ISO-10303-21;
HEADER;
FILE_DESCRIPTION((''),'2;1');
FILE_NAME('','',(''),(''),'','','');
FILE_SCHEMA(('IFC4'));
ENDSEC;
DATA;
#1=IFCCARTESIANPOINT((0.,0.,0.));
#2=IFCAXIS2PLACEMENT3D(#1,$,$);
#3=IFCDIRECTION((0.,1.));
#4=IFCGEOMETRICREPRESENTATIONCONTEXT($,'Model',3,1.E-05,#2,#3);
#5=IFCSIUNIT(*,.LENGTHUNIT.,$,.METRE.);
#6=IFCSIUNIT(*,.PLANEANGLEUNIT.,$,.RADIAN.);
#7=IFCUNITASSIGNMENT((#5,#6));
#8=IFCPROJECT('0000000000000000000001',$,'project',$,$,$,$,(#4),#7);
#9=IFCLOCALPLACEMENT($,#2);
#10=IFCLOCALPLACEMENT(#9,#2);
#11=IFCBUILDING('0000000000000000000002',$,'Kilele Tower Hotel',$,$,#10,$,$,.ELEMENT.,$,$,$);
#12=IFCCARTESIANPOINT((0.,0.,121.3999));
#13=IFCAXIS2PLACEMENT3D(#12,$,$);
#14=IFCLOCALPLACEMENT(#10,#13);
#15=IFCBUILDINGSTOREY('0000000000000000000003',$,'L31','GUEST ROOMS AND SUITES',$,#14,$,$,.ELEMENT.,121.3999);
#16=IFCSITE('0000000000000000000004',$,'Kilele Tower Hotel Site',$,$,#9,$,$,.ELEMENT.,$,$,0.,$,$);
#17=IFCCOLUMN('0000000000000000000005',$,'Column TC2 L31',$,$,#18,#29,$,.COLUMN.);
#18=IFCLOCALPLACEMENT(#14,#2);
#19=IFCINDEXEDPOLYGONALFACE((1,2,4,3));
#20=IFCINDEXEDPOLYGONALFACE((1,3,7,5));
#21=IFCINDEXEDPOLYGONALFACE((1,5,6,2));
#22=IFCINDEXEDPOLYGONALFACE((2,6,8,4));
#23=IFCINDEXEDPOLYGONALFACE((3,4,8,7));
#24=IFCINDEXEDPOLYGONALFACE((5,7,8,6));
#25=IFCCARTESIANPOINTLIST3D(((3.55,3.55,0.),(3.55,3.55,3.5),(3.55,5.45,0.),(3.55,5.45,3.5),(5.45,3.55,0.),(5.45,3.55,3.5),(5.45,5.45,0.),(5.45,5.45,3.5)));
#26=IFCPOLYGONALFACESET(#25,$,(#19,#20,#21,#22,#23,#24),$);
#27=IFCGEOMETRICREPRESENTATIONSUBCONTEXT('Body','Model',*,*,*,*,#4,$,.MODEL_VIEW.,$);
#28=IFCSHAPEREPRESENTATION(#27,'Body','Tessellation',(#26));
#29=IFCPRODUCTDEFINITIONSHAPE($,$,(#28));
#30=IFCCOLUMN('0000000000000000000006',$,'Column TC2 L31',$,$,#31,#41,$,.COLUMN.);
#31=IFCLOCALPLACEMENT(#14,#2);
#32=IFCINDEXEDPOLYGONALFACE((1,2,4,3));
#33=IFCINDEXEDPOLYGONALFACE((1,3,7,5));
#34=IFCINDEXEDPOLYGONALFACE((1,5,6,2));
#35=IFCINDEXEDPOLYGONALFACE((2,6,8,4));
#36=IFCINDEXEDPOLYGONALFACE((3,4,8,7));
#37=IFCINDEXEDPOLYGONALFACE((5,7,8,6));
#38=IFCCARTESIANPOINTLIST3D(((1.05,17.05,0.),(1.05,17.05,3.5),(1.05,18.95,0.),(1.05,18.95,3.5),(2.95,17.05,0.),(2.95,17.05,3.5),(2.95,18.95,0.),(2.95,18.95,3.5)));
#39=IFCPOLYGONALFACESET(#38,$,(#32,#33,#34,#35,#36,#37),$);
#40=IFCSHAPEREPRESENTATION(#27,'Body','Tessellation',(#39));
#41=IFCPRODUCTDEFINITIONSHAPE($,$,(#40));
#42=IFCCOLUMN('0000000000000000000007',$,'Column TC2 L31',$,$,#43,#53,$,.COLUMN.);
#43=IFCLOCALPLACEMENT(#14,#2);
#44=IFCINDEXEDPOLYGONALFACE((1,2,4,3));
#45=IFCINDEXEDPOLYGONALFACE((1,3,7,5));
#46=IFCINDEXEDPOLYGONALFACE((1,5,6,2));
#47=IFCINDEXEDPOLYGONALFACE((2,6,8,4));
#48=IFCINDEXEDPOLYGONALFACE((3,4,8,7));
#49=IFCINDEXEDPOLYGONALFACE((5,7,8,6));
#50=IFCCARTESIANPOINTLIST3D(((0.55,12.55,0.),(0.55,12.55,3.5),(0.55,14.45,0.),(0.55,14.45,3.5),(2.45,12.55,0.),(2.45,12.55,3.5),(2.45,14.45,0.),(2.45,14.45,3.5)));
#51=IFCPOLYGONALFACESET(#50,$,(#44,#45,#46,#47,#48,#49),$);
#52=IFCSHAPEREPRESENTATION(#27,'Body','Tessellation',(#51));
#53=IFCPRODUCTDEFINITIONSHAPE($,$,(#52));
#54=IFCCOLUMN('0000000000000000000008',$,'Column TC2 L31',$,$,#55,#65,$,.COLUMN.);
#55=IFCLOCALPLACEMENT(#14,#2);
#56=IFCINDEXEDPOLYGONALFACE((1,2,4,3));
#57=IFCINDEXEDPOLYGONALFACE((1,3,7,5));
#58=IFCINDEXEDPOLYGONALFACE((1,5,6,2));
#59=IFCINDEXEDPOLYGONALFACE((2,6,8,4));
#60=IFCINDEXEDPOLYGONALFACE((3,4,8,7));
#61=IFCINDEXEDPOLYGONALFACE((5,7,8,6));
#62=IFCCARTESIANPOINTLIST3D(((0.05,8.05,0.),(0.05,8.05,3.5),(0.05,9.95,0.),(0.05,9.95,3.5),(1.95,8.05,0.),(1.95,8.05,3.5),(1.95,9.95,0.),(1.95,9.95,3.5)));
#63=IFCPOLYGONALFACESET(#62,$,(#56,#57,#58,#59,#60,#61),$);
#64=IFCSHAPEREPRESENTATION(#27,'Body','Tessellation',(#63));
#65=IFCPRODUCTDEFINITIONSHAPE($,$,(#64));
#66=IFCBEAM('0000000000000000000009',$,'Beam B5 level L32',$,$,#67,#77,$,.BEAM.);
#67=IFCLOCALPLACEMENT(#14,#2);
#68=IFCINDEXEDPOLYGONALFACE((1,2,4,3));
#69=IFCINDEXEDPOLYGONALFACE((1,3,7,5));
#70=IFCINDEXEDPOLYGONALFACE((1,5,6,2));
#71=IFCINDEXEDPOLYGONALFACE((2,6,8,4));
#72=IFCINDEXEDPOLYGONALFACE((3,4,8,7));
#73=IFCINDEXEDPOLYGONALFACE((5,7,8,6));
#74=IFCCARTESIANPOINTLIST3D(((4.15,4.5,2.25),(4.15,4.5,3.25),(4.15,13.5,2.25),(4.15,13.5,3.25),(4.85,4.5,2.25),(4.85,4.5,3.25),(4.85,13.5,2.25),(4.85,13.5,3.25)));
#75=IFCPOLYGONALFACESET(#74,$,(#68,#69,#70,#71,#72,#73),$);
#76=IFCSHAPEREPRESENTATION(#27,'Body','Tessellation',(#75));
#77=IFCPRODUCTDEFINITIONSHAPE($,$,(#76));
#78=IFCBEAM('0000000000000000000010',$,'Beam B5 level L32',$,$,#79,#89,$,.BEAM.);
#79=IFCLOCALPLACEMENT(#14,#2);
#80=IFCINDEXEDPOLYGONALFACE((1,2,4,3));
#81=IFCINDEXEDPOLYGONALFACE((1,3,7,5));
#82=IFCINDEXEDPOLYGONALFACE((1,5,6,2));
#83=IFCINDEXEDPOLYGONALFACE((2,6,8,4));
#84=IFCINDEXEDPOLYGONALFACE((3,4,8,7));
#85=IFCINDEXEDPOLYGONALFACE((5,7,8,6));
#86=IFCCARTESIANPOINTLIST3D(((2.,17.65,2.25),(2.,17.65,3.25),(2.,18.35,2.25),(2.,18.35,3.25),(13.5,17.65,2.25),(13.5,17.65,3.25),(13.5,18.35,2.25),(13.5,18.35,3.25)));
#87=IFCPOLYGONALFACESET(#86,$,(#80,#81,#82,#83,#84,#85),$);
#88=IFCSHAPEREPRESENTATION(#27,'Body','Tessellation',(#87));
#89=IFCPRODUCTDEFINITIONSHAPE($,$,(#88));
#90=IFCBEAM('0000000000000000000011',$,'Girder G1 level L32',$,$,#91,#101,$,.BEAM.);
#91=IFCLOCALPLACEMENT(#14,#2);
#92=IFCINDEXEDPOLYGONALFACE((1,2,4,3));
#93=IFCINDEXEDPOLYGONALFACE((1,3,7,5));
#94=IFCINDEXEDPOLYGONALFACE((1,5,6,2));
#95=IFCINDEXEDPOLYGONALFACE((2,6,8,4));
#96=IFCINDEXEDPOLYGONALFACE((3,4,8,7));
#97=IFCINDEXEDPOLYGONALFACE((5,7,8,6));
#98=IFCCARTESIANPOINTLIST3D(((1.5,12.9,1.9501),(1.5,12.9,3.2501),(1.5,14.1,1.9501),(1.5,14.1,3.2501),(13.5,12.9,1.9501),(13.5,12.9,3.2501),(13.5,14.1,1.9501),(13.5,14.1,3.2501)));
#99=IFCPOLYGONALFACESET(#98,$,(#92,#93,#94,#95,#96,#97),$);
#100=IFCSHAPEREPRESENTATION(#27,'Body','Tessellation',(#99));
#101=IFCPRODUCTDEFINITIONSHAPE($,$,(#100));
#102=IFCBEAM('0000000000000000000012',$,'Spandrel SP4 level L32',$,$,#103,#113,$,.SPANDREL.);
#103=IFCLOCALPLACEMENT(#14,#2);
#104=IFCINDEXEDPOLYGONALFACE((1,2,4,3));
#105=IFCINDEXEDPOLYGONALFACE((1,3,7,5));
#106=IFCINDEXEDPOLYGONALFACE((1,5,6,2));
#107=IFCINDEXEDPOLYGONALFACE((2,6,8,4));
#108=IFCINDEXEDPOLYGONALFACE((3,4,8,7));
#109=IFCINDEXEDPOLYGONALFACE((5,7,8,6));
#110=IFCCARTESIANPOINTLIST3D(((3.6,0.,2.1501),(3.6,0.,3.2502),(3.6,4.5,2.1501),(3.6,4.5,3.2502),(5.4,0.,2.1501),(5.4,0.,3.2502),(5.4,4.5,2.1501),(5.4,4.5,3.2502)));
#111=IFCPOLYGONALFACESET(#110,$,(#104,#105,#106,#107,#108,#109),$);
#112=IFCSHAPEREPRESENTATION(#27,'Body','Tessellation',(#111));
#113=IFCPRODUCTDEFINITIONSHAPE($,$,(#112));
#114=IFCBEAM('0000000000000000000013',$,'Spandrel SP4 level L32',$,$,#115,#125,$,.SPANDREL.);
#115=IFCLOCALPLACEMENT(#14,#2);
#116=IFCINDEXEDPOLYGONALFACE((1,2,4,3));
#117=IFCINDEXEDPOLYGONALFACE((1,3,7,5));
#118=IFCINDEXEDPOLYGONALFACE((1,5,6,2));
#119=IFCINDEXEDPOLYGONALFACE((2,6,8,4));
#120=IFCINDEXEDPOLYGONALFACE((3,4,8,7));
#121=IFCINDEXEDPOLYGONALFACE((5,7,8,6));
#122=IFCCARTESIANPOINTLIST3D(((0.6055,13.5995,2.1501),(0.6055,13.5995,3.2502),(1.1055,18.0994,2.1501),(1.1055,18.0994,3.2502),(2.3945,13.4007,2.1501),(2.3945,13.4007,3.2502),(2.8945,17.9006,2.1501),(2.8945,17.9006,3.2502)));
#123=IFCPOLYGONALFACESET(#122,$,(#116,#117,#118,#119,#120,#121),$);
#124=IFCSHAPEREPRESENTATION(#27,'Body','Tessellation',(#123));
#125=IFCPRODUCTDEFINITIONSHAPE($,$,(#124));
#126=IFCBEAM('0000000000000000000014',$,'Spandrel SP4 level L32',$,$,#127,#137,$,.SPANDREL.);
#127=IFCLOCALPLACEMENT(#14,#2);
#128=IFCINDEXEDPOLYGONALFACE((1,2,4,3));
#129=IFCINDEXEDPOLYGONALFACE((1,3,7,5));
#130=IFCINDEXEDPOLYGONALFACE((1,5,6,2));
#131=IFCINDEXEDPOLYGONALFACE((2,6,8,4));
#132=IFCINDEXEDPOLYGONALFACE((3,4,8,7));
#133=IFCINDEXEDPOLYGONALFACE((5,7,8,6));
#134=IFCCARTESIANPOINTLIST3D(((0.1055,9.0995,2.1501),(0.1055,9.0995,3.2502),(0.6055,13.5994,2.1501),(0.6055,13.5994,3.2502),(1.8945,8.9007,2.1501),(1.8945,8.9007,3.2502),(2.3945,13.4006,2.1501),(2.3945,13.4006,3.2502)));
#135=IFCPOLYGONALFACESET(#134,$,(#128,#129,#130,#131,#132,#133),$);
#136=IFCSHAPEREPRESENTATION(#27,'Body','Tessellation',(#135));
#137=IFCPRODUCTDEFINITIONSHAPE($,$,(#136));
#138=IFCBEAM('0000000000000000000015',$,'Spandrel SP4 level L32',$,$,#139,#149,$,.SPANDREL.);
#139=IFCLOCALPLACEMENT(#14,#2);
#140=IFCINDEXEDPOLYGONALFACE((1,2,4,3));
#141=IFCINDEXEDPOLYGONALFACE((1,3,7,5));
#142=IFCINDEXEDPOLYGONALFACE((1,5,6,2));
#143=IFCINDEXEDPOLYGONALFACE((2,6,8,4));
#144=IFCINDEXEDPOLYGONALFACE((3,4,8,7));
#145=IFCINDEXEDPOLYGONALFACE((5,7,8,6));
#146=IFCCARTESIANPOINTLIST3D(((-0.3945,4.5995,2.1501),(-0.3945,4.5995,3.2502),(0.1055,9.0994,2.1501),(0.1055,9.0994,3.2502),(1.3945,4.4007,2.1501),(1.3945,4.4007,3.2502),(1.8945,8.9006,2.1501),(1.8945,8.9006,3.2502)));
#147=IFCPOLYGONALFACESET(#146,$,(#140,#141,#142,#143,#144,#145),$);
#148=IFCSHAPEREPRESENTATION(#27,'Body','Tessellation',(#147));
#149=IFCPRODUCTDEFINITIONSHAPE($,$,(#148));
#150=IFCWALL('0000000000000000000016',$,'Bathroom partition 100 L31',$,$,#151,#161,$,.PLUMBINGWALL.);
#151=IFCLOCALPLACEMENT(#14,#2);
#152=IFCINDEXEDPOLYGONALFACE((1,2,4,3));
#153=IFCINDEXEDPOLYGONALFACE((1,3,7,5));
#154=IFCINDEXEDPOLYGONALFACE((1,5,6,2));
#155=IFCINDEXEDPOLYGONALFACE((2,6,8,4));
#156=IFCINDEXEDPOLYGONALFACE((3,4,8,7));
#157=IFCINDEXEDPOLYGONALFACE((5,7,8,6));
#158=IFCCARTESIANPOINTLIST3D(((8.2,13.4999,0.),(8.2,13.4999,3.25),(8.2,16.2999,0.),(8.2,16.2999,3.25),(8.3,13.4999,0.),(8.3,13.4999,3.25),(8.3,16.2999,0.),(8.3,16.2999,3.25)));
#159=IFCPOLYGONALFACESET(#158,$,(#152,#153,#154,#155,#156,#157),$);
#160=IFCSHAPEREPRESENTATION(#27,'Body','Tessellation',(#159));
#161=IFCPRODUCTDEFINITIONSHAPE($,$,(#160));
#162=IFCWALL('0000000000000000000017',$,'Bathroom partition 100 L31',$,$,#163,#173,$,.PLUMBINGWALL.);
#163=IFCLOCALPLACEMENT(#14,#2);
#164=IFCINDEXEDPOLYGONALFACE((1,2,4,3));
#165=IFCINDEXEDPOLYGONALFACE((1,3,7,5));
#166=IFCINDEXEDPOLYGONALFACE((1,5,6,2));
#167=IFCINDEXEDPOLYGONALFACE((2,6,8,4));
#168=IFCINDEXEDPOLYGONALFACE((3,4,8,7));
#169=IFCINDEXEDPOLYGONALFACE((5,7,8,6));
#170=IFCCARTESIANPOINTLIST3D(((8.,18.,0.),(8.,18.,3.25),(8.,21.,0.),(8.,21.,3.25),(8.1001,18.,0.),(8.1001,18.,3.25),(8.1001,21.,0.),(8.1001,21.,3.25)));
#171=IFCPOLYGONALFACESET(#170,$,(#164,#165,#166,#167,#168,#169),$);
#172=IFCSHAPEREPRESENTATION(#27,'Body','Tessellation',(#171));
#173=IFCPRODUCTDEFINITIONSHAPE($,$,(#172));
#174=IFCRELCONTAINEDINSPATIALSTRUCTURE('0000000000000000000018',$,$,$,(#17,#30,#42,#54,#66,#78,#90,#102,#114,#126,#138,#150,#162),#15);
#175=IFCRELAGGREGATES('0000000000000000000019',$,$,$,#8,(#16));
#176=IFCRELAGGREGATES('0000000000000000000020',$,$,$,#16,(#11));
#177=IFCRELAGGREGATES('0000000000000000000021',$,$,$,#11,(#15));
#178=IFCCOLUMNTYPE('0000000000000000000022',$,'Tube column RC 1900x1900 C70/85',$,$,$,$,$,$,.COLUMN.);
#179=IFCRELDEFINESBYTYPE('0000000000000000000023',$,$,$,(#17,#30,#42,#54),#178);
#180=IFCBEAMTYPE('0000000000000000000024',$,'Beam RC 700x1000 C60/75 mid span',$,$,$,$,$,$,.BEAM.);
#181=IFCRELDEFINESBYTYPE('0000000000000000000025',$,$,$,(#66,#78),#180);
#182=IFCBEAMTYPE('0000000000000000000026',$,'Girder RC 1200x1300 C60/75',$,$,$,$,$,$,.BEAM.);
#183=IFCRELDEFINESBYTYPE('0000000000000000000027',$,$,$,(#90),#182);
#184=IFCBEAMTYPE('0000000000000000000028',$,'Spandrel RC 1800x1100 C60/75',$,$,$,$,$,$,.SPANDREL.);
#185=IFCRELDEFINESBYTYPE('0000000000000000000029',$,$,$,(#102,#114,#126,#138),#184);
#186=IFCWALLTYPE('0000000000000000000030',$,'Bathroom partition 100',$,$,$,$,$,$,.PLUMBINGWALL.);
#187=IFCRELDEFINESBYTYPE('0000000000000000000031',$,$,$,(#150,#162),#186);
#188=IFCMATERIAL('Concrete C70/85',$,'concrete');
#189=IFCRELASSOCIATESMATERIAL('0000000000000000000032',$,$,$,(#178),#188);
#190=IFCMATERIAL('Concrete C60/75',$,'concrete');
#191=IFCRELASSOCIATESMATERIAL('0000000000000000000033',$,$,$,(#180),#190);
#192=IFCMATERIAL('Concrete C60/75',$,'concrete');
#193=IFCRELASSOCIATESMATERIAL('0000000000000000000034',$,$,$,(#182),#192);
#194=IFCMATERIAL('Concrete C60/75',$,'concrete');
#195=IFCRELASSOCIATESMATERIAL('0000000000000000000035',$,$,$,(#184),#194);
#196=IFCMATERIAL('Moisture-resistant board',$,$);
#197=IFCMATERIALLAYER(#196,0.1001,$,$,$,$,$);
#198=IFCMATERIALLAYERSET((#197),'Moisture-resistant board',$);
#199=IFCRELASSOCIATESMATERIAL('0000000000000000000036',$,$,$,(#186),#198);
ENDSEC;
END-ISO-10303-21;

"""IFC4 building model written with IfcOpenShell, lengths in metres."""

from ifc_helpers import new_model, si_unit, direction, frame, frame_2d, origin, origin_2d, place, context, subcontext, project, spatial, rectangle, extrude, material, layer, layer_set, material_profile, profile_set, type_object, element, save


model = new_model("IFC4")

# Units and contexts
model_context = context("Model", 3, precision=1e-05, world=origin(), true_north=direction((0.0, 1.0)))
body_context = subcontext(model_context, "Body", "Model", "MODEL_VIEW")
ifc_project = project(units=[si_unit("LENGTHUNIT", "METRE"), si_unit("PLANEANGLEUNIT", "RADIAN")], contexts=[model_context])

# Site, building, storey
site_placement = place(None, origin())
site = spatial("IfcSite", under=ifc_project, at=site_placement, Name="Kilele Tower Hotel Site", CompositionType="ELEMENT", RefElevation=0.0)
building_placement = place(site_placement, origin())
building = spatial("IfcBuilding", under=site, at=building_placement, Name="Kilele Tower Hotel", CompositionType="ELEMENT")
storey_placement = place(building_placement, frame((0.0, 0.0, 121.3999)))
storey = spatial("IfcBuildingStorey", under=building, at=storey_placement, Name="L31", Description="GUEST ROOMS AND SUITES", CompositionType="ELEMENT", Elevation=121.3999)

# Columns
ifc_material_1 = material(Name="Concrete C70/85", Category="concrete")
ifc_material_profile_1 = material_profile(ifc_material_1, rectangle(XDim=1.8999, YDim=1.8999, at=origin_2d()))
ifc_profile_set_1 = profile_set([ifc_material_profile_1], Name="Concrete C70/85")
column_type = type_object("IfcColumnType", Name="Tube column RC 1900x1900 C70/85", PredefinedType="COLUMN", material=ifc_profile_set_1)
for number, where, z_axis, x_axis, name in (
    (1, (4.5, 4.5, 0.0), (0.0, 0.0, 1.0), (1.0, 0.0, 0.0), "Column TC2 L31"),
    (2, (2.0, 18.0, 0.0), (0.0, 0.0, 1.0), (1.0, 0.0, 0.0), "Column TC2 L31"),
    (3, (1.5, 13.5, 0.0), (0.0, 0.0, 1.0), (1.0, 0.0, 0.0), "Column TC2 L31"),
    (4, (1.0, 9.0, 0.0), (0.0, 0.0, 1.0), (1.0, 0.0, 0.0), "Column TC2 L31"),
):
    element("IfcColumn", number, at=place(storey_placement, frame(where, z_axis=z_axis, x_axis=x_axis)), inside=storey, type_object=column_type, Name=name, PredefinedType="COLUMN", context=body_context, shape_type="SweptSolid", body=[
        extrude(rectangle(XDim=1.8999, YDim=1.8999, at=origin_2d()), origin(), (0.0, 0.0, 1.0), 3.5),
    ])

# Beams
ifc_material_2 = material(Name="Concrete C60/75", Category="concrete")
ifc_material_profile_2 = material_profile(ifc_material_2, rectangle(XDim=0.7, YDim=1.0, at=origin_2d()))
ifc_profile_set_2 = profile_set([ifc_material_profile_2], Name="Concrete C60/75")
beam_type_1 = type_object("IfcBeamType", Name="Beam RC 700x1000 C60/75 mid span", PredefinedType="BEAM", material=ifc_profile_set_2)
beam_1_placement = place(storey_placement, frame((4.5, 4.5, 2.75), z_axis=(0.0, 1.0, 0.0), x_axis=(-1.0, 0.0, 0.0)))
element("IfcBeam", 5, at=beam_1_placement, inside=storey, type_object=beam_type_1, Name="Beam B5 level L32", PredefinedType="BEAM", context=body_context, shape_type="SweptSolid", body=[
    extrude(rectangle(XDim=0.7, YDim=1.0, at=origin_2d()), origin(), (0.0, 0.0, 1.0), 9.0),
])
beam_2_placement = place(storey_placement, frame((2.0, 18.0, 2.75), z_axis=(1.0, 0.0, 0.0), x_axis=(0.0, 1.0, 0.0)))
element("IfcBeam", 6, at=beam_2_placement, inside=storey, type_object=beam_type_1, Name="Beam B5 level L32", PredefinedType="BEAM", context=body_context, shape_type="SweptSolid", body=[
    extrude(rectangle(XDim=0.7, YDim=1.0, at=origin_2d()), origin(), (0.0, 0.0, 1.0), 11.5),
])
ifc_material_3 = material(Name="Concrete C60/75", Category="concrete")
ifc_material_profile_3 = material_profile(ifc_material_3, rectangle(XDim=1.2, YDim=1.3, at=origin_2d()))
ifc_profile_set_3 = profile_set([ifc_material_profile_3], Name="Concrete C60/75")
beam_type_2 = type_object("IfcBeamType", Name="Girder RC 1200x1300 C60/75", PredefinedType="BEAM", material=ifc_profile_set_3)
beam_3_placement = place(storey_placement, frame((1.5, 13.5, 2.6001), z_axis=(1.0, 0.0, 0.0), x_axis=(0.0, 1.0, 0.0)))
element("IfcBeam", 7, at=beam_3_placement, inside=storey, type_object=beam_type_2, Name="Girder G1 level L32", PredefinedType="BEAM", context=body_context, shape_type="SweptSolid", body=[
    extrude(rectangle(XDim=1.2, YDim=1.3, at=origin_2d()), origin(), (0.0, 0.0, 1.0), 12.0),
])
ifc_material_4 = material(Name="Concrete C60/75", Category="concrete")
ifc_material_profile_4 = material_profile(ifc_material_4, rectangle(XDim=1.8, YDim=1.1001, at=origin_2d()))
ifc_profile_set_4 = profile_set([ifc_material_profile_4], Name="Concrete C60/75")
beam_type_3 = type_object("IfcBeamType", Name="Spandrel RC 1800x1100 C60/75", PredefinedType="SPANDREL", material=ifc_profile_set_4)
beam_4_placement = place(storey_placement, frame((4.5, 4.5, 2.7002), z_axis=(0.0, -1.0, 0.0), x_axis=(1.0, 0.0, 0.0)))
element("IfcBeam", 8, at=beam_4_placement, inside=storey, type_object=beam_type_3, Name="Spandrel SP4 level L32", PredefinedType="SPANDREL", context=body_context, shape_type="SweptSolid", body=[
    extrude(rectangle(XDim=1.8, YDim=1.1001, at=origin_2d()), origin(), (0.0, 0.0, 1.0), 4.5),
])
for number, where, z_axis, x_axis, name in (
    (9, (2.0, 18.0, 2.7002), (-0.110432, -0.993884, 0.0), (0.993884, -0.110432, 0.0), "Spandrel SP4 level L32"),
    (10, (1.5, 13.5, 2.7002), (-0.110432, -0.993884, 0.0), (0.993884, -0.110432, 0.0), "Spandrel SP4 level L32"),
    (11, (1.0, 9.0, 2.7002), (-0.110432, -0.993884, 0.0), (0.993884, -0.110432, 0.0), "Spandrel SP4 level L32"),
):
    element("IfcBeam", number, at=place(storey_placement, frame(where, z_axis=z_axis, x_axis=x_axis)), inside=storey, type_object=beam_type_3, Name=name, PredefinedType="SPANDREL", context=body_context, shape_type="SweptSolid", body=[
        extrude(rectangle(XDim=1.8, YDim=1.1001, at=origin_2d()), origin(), (0.0, 0.0, 1.0), 4.5276),
    ])

# Walls
ifc_material_5 = material(Name="Moisture-resistant board")
ifc_layer_1 = layer(ifc_material_5, 0.1001)
ifc_layer_set_1 = layer_set([ifc_layer_1], Name="Moisture-resistant board")
wall_type_1 = type_object("IfcWallType", Name="Bathroom partition 100", PredefinedType="PLUMBINGWALL", material=ifc_layer_set_1)
wall_1_placement = place(storey_placement, frame((8.25, 13.5, 0.0), z_axis=(0.0, 0.0, 1.0), x_axis=(0.0, 1.0, 0.0)))
element("IfcWall", 12, at=wall_1_placement, inside=storey, type_object=wall_type_1, Name="Bathroom partition 100 L31", PredefinedType="PLUMBINGWALL", context=body_context, shape_type="SweptSolid", body=[
    extrude(rectangle(XDim=2.8, YDim=0.1001, at=frame_2d((1.3999, 0.0))), origin(), (0.0, 0.0, 1.0), 3.25),
])
wall_2_placement = place(storey_placement, frame((8.05, 18.0, 0.0), z_axis=(0.0, 0.0, 1.0), x_axis=(0.0, 1.0, 0.0)))
element("IfcWall", 13, at=wall_2_placement, inside=storey, type_object=wall_type_1, Name="Bathroom partition 100 L31", PredefinedType="PLUMBINGWALL", context=body_context, shape_type="SweptSolid", body=[
    extrude(rectangle(XDim=3.0, YDim=0.1001, at=frame_2d((1.5, 0.0))), origin(), (0.0, 0.0, 1.0), 3.25),
])

save(model, "model.ifc")
